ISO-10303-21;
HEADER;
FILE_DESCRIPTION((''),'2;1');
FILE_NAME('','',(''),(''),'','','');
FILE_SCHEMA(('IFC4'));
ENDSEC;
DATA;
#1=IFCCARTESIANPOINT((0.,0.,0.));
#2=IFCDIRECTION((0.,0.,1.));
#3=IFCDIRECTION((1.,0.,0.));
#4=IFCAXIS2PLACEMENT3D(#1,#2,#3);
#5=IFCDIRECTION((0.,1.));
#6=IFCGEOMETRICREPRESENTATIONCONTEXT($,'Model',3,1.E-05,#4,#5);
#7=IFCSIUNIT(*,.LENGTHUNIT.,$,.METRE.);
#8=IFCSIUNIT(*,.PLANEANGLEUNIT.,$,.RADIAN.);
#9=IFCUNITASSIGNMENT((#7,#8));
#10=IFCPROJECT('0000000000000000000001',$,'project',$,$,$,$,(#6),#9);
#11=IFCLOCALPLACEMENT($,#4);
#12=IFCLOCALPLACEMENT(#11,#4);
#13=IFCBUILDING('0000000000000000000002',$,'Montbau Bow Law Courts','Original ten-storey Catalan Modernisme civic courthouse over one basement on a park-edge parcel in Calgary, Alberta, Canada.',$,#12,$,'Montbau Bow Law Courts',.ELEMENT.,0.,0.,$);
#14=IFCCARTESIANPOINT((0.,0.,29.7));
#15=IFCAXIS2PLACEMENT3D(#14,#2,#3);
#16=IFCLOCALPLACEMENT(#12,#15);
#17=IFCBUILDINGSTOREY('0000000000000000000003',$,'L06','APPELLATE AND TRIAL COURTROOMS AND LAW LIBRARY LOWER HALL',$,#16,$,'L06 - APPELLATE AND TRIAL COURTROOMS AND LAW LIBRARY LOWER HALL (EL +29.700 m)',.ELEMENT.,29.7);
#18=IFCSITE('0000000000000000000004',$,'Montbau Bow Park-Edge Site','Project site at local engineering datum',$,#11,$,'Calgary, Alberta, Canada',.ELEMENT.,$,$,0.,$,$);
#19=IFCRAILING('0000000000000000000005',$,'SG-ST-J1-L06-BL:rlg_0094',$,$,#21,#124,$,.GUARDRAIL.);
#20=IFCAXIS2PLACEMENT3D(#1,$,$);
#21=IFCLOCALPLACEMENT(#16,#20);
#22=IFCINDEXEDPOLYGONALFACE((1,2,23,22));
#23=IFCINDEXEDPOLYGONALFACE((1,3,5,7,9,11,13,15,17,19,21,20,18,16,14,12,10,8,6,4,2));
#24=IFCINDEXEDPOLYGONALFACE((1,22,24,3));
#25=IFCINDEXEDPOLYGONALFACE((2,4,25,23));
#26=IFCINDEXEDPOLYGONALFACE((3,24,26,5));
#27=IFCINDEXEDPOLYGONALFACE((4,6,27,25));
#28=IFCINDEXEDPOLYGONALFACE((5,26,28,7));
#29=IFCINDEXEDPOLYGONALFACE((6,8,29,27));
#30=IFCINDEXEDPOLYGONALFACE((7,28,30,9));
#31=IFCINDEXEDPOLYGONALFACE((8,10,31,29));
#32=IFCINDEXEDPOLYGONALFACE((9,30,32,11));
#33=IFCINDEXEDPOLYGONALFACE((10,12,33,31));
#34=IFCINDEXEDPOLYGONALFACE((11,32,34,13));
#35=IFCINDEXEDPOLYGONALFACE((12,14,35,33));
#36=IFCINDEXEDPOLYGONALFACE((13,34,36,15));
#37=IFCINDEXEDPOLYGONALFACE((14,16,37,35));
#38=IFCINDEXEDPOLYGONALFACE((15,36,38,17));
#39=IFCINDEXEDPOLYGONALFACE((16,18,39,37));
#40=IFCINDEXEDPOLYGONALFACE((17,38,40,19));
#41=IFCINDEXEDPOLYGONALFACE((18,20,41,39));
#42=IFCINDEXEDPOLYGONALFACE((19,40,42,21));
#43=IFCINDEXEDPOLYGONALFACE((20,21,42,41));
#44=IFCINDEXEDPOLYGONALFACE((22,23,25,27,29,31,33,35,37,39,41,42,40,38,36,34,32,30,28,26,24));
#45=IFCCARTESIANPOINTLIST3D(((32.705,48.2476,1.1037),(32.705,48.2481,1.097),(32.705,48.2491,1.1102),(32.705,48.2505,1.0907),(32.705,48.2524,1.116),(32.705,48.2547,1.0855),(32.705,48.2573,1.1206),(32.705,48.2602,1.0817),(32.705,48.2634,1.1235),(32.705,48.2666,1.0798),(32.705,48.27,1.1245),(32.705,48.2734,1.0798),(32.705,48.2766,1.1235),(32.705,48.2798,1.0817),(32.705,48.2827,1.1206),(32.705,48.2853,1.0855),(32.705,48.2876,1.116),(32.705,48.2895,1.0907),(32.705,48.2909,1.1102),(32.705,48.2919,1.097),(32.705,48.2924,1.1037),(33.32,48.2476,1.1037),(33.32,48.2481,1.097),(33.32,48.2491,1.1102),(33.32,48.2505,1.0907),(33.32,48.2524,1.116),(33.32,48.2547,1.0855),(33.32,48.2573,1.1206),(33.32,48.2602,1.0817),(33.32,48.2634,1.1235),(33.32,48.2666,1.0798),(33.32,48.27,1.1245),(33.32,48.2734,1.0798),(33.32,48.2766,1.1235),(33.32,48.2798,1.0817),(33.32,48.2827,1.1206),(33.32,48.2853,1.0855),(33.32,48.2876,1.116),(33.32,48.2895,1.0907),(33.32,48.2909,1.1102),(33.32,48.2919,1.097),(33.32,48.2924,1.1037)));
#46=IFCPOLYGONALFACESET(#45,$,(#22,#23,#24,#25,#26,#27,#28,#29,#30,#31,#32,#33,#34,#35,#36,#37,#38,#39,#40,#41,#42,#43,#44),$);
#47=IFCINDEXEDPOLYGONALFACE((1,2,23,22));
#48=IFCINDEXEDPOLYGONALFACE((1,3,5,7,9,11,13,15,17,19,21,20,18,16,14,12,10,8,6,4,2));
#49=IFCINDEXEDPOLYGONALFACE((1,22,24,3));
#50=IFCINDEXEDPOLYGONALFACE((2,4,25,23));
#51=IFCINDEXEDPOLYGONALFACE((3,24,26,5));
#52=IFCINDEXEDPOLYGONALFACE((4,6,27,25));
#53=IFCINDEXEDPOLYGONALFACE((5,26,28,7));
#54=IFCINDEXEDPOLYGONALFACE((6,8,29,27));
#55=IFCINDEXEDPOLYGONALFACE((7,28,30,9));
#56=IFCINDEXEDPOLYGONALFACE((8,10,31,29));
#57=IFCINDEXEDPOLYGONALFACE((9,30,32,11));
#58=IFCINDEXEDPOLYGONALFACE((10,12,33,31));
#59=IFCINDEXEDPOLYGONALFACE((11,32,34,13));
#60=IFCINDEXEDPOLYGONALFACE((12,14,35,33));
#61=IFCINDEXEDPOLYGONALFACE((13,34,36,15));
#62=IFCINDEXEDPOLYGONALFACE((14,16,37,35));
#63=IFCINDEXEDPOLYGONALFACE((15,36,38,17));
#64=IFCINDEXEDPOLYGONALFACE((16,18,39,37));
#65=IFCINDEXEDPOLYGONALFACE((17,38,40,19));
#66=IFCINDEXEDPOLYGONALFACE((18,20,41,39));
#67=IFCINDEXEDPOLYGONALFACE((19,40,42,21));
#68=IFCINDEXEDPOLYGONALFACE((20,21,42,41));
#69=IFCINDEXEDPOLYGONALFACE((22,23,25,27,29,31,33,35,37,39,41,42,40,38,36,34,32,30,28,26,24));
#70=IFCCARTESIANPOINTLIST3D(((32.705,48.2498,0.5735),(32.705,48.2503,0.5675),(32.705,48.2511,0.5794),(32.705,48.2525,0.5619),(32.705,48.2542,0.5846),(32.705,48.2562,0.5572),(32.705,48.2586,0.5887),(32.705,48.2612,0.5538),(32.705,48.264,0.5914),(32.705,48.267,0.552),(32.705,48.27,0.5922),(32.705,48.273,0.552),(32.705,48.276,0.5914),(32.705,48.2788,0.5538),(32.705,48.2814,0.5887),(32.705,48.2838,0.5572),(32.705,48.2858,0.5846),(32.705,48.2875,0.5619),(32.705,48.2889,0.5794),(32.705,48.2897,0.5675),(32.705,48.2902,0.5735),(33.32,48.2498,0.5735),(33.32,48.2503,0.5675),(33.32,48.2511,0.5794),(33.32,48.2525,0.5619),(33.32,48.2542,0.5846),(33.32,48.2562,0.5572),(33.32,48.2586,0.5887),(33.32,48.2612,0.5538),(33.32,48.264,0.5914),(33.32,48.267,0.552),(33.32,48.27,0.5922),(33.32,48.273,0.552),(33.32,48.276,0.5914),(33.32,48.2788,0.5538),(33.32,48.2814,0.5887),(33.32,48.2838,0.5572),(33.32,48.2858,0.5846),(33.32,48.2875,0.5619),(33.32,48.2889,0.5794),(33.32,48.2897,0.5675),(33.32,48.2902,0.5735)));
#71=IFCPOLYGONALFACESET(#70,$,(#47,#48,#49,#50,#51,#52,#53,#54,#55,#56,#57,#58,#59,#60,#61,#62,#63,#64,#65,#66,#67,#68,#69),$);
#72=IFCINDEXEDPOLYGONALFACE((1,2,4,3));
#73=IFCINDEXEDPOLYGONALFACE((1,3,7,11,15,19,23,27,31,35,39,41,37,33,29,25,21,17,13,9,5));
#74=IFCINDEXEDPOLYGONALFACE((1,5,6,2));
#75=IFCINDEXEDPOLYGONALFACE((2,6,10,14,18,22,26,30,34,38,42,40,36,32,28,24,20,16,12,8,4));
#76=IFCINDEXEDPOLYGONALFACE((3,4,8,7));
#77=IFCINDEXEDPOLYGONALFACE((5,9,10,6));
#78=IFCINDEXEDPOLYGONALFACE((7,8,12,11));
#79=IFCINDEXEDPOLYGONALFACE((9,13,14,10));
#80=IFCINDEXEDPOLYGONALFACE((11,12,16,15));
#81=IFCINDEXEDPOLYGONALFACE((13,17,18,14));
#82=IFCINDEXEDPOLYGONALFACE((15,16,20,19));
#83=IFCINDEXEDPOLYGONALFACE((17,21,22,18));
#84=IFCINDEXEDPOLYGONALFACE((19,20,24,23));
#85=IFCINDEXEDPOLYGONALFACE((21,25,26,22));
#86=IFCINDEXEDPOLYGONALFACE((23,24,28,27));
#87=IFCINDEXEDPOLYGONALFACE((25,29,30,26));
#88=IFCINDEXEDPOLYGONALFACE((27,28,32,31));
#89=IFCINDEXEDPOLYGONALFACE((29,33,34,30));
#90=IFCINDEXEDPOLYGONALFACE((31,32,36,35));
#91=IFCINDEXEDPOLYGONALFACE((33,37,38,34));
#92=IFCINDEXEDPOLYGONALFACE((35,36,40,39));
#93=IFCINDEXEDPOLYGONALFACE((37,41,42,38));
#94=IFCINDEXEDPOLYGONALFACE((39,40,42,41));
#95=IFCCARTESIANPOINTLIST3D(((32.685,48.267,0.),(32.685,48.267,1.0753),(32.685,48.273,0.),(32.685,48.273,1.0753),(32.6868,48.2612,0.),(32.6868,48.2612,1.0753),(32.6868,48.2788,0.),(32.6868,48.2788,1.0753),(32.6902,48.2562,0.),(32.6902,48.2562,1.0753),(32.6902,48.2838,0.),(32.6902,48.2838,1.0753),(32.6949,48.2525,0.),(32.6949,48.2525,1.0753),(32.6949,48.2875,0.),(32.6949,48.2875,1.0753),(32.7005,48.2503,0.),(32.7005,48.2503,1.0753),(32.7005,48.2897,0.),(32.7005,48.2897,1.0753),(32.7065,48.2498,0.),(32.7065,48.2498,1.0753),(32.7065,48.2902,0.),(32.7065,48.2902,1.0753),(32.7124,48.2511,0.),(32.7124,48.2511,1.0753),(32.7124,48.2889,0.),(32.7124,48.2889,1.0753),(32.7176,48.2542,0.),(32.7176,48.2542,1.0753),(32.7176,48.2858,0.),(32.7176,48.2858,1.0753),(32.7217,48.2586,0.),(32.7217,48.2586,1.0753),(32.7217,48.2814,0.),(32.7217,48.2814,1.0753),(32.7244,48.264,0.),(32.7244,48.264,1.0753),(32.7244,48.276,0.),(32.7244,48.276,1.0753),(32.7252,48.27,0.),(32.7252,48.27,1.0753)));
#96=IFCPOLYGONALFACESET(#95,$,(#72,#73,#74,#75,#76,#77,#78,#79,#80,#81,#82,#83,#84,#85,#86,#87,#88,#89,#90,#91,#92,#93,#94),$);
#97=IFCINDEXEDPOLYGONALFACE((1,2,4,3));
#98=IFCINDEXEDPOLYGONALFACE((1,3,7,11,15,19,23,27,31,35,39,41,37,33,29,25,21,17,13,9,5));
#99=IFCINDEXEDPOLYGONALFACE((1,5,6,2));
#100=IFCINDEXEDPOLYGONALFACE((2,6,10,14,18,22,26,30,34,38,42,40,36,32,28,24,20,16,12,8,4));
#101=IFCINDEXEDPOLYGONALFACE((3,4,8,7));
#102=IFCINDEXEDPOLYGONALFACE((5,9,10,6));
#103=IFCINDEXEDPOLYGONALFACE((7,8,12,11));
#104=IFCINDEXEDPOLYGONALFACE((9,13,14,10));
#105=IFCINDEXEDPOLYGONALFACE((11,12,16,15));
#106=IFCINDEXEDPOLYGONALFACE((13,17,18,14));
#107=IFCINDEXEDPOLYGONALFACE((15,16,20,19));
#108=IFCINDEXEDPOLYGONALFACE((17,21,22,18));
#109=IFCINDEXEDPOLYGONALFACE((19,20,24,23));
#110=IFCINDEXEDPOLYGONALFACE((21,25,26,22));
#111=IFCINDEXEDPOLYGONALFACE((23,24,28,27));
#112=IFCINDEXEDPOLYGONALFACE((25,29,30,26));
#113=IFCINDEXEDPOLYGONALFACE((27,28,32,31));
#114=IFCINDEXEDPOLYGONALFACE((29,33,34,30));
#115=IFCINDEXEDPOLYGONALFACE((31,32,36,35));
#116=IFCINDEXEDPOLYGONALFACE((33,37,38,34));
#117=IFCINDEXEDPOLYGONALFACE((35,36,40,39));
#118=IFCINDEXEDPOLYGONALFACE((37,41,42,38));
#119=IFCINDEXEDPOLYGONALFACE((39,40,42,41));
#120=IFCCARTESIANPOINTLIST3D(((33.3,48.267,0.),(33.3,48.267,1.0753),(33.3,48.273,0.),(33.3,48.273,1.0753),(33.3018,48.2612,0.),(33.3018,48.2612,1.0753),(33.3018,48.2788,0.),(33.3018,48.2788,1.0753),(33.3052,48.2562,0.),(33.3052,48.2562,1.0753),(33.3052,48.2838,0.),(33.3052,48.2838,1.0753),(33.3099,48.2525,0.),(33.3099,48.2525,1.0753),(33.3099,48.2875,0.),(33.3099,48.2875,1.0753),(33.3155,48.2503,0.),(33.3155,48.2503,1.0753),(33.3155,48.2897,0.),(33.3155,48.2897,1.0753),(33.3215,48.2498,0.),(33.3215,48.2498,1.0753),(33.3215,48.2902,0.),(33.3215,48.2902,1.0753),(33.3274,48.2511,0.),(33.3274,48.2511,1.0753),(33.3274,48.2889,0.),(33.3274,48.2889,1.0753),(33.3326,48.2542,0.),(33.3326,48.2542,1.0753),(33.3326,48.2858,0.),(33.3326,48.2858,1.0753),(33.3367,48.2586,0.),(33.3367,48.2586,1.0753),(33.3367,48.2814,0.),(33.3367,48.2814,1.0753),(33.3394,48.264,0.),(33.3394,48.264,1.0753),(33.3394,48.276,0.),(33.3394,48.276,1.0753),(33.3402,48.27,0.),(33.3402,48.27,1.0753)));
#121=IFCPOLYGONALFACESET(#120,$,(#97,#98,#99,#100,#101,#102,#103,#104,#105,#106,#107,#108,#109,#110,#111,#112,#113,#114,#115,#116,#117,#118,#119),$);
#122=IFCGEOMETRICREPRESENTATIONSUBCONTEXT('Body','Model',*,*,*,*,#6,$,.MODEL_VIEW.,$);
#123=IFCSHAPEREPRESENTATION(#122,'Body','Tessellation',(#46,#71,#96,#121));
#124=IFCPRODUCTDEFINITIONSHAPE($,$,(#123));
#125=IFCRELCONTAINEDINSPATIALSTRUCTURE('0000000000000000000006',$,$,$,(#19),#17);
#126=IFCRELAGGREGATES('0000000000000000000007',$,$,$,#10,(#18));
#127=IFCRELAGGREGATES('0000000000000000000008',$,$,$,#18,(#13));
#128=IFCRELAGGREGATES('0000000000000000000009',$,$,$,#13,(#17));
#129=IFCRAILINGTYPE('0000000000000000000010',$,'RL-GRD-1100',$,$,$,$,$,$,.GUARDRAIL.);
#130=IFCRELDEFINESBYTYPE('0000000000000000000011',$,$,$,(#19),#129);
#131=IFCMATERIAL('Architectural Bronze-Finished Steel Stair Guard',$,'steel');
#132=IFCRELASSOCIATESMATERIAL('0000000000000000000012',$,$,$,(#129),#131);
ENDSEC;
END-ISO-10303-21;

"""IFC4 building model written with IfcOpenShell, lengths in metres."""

from ifc_helpers import new_model, si_unit, direction, frame, origin_with_axes, origin_2d_with_axis, place, context, subcontext, project, spatial, circle, extrude, material, type_object, element, save


model = new_model("IFC4")

# Units and contexts
model_context = context("Model", 3, precision=1e-05, world=origin_with_axes(), true_north=direction((0.0, 1.0)))
body_context = subcontext(model_context, "Body", "Model", "MODEL_VIEW")
ifc_project = project(units=[si_unit("LENGTHUNIT", "METRE"), si_unit("PLANEANGLEUNIT", "RADIAN")], contexts=[model_context])

# Site, building, storey
site_placement = place(None, origin_with_axes())
site = spatial("IfcSite", under=ifc_project, at=site_placement, Name="Montbau Bow Park-Edge Site", Description="Project site at local engineering datum", LongName="Calgary, Alberta, Canada", CompositionType="ELEMENT", RefElevation=0.0)
building_placement = place(site_placement, origin_with_axes())
building = spatial("IfcBuilding", under=site, at=building_placement, Name="Montbau Bow Law Courts", Description="Original ten-storey Catalan Modernisme civic courthouse over one basement on a park-edge parcel in Calgary, Alberta, Canada.", LongName="Montbau Bow Law Courts", CompositionType="ELEMENT", ElevationOfRefHeight=0.0, ElevationOfTerrain=0.0)
storey_placement = place(building_placement, frame((0.0, 0.0, 29.7), z_axis=(0.0, 0.0, 1.0), x_axis=(1.0, 0.0, 0.0)))
storey = spatial("IfcBuildingStorey", under=building, at=storey_placement, Name="L06", Description="APPELLATE AND TRIAL COURTROOMS AND LAW LIBRARY LOWER HALL", LongName="L06 - APPELLATE AND TRIAL COURTROOMS AND LAW LIBRARY LOWER HALL (EL +29.700 m)", CompositionType="ELEMENT", Elevation=29.7)

# Railing
ifc_material_1 = material(Name="Architectural Bronze-Finished Steel Stair Guard", Category="steel")
railing_type_1 = type_object("IfcRailingType", Name="RL-GRD-1100", PredefinedType="GUARDRAIL", material=ifc_material_1)
railing_1_placement = place(None, origin_with_axes())
element("IfcRailing", 1, at=railing_1_placement, inside=storey, type_object=railing_type_1, Name="SG-ST-J1-L06-BL:rlg_0094", PredefinedType="GUARDRAIL", context=body_context, shape_type="SweptSolid", body=[
    extrude(circle(Radius=0.0225, at=origin_2d_with_axis()), frame((32.705, 48.27, 30.802), z_axis=(1.0, 0.0, 0.0), x_axis=(0.0, 0.0, 1.0)), (0.0, 0.0, 1.0), 0.615),
    extrude(circle(Radius=0.0203, at=origin_2d_with_axis()), frame((32.705, 48.27, 30.272), z_axis=(1.0, 0.0, 0.0), x_axis=(0.0, 0.0, 1.0)), (0.0, 0.0, 1.0), 0.615),
    extrude(circle(Radius=0.0203, at=origin_2d_with_axis()), frame((32.705, 48.27, 29.7), z_axis=(0.0, 0.0, 1.0), x_axis=(1.0, 0.0, 0.0)), (0.0, 0.0, 1.0), 1.0753),
    extrude(circle(Radius=0.0203, at=origin_2d_with_axis()), frame((33.32, 48.27, 29.7), z_axis=(0.0, 0.0, 1.0), x_axis=(1.0, 0.0, 0.0)), (0.0, 0.0, 1.0), 1.0753),
])

save(model, "model.ifc")
